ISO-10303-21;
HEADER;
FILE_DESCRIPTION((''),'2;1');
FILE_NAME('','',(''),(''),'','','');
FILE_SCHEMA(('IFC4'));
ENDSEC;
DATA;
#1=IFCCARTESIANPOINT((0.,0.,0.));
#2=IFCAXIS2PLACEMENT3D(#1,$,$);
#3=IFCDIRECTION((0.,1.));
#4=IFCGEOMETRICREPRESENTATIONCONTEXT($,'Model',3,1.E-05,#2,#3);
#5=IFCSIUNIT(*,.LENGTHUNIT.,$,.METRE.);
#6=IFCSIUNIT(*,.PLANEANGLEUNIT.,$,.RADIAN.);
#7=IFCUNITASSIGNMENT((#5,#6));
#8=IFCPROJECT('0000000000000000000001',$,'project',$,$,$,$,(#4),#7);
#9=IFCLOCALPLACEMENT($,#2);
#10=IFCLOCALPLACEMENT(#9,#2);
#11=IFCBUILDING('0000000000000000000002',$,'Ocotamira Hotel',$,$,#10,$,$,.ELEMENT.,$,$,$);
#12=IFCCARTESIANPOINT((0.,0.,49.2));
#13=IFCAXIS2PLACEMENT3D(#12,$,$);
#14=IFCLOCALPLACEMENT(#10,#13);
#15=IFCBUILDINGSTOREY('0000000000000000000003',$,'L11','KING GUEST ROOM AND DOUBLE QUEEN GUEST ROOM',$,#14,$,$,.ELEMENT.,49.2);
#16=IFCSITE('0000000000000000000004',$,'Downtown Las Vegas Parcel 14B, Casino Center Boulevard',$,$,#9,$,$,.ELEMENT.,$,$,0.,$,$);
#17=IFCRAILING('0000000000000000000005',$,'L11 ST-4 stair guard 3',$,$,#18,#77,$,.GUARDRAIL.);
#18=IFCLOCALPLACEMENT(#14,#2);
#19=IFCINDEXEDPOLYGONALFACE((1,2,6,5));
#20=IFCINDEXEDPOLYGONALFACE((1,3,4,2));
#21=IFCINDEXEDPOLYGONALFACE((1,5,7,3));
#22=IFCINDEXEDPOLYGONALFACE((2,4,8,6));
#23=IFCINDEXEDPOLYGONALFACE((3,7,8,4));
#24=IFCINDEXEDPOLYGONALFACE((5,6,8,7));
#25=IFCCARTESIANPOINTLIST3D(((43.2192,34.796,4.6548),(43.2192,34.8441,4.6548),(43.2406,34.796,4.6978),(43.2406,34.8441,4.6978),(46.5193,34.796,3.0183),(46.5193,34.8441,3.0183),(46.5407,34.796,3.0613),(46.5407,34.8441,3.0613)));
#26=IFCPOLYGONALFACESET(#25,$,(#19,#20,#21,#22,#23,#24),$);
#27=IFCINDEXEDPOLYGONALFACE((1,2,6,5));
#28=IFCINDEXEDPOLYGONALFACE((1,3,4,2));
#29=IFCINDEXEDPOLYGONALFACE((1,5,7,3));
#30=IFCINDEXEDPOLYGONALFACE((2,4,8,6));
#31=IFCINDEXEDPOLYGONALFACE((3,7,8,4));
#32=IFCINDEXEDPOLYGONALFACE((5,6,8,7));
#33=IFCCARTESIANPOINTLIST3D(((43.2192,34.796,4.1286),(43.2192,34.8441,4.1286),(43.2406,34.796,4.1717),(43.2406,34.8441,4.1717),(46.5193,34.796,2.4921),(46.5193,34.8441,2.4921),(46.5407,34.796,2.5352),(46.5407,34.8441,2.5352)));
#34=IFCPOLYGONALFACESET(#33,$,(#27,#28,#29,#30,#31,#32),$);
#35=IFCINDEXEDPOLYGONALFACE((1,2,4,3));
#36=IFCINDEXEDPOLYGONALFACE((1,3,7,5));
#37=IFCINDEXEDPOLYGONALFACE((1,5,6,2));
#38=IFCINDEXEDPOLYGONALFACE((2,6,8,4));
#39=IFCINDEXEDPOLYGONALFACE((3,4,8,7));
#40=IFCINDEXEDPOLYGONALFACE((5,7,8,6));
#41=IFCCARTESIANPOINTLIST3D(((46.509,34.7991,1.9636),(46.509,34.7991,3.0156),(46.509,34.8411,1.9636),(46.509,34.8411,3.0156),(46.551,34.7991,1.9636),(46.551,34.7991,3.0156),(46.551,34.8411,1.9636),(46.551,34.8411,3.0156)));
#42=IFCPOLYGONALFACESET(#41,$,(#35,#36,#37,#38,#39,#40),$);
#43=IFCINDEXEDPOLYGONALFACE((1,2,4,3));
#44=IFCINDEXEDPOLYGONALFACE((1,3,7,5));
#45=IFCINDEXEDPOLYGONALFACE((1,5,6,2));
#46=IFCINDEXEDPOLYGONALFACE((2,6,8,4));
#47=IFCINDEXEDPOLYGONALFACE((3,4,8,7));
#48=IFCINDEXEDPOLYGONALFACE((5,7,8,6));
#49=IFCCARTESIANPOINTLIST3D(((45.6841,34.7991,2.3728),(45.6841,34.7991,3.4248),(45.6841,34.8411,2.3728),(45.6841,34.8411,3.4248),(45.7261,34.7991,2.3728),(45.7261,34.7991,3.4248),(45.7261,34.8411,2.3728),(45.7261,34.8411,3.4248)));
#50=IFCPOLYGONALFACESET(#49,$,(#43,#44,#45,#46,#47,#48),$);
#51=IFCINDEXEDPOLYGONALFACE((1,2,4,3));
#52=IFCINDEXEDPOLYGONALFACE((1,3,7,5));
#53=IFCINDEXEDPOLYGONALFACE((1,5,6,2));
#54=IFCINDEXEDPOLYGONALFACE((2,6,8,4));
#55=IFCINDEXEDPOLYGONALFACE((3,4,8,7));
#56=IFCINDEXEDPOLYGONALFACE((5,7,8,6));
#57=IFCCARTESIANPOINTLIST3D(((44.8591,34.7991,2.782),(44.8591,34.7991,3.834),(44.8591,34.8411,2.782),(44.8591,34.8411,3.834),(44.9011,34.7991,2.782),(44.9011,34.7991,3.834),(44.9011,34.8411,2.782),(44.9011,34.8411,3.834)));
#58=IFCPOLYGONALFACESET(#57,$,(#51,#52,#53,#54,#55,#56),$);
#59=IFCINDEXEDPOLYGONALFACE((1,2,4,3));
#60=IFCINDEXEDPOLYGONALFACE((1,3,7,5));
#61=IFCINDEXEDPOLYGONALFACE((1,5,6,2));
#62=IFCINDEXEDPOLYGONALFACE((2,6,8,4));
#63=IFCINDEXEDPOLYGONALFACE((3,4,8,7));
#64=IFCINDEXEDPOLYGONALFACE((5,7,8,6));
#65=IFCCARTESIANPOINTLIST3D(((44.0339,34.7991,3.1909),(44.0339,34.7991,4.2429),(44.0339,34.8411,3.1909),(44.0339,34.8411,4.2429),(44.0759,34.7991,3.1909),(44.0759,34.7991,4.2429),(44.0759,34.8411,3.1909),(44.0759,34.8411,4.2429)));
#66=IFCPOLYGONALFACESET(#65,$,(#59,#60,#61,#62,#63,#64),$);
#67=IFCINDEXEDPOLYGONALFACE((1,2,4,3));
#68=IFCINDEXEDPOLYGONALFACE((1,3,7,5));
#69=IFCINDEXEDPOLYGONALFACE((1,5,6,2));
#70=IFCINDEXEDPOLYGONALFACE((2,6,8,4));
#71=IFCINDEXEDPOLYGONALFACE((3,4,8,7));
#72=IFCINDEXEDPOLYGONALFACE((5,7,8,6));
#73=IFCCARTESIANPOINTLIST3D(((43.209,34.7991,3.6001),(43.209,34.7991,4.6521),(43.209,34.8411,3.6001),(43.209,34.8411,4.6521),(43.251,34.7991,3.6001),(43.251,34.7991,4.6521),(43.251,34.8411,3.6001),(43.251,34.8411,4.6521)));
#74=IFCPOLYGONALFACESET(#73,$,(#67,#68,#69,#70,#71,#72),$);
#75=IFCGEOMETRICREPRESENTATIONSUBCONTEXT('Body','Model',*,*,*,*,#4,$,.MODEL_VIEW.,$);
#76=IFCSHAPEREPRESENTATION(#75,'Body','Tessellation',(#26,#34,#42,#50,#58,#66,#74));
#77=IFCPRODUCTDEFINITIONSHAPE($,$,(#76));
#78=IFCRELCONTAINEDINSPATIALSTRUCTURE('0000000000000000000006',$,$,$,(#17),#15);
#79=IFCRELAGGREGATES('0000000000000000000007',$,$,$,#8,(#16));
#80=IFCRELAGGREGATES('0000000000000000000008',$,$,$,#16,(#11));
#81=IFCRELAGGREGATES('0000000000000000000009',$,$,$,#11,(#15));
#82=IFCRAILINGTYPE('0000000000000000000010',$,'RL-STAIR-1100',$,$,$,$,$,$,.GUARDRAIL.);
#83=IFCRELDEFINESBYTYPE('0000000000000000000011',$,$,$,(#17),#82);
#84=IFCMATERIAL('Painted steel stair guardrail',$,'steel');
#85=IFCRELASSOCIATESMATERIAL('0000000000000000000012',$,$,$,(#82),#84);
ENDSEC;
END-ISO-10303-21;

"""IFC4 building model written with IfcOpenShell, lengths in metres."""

from ifc_helpers import new_model, si_unit, direction, frame, origin, origin_2d, place, context, subcontext, project, spatial, rectangle, extrude, material, type_object, element, save


model = new_model("IFC4")

# Units and contexts
model_context = context("Model", 3, precision=1e-05, world=origin(), true_north=direction((0.0, 1.0)))
body_context = subcontext(model_context, "Body", "Model", "MODEL_VIEW")
ifc_project = project(units=[si_unit("LENGTHUNIT", "METRE"), si_unit("PLANEANGLEUNIT", "RADIAN")], contexts=[model_context])

# Site, building, storey
site_placement = place(None, origin())
site = spatial("IfcSite", under=ifc_project, at=site_placement, Name="Downtown Las Vegas Parcel 14B, Casino Center Boulevard", CompositionType="ELEMENT", RefElevation=0.0)
building_placement = place(site_placement, origin())
building = spatial("IfcBuilding", under=site, at=building_placement, Name="Ocotamira Hotel", CompositionType="ELEMENT")
storey_placement = place(building_placement, frame((0.0, 0.0, 49.2)))
storey = spatial("IfcBuildingStorey", under=building, at=storey_placement, Name="L11", Description="KING GUEST ROOM AND DOUBLE QUEEN GUEST ROOM", CompositionType="ELEMENT", Elevation=49.2)

# Railing
ifc_material_1 = material(Name="Painted steel stair guardrail", Category="steel")
railing_type_1 = type_object("IfcRailingType", Name="RL-STAIR-1100", PredefinedType="GUARDRAIL", material=ifc_material_1)
railing_1_placement = place(storey_placement, frame((46.53, 34.8201, 1.9636)))
element("IfcRailing", 1, at=railing_1_placement, inside=storey, type_object=railing_type_1, Name="L11 ST-4 stair guard 3", PredefinedType="GUARDRAIL", context=body_context, shape_type="SweptSolid", body=[
    extrude(rectangle(XDim=0.0481, YDim=0.0481, at=origin_2d()), frame((0.0, 0.0, 1.0762), z_axis=(-0.895894, 0.0, 0.444268), x_axis=(0.0, -1.0, 0.0)), (0.0, 0.0, 1.0), 3.6836),
    extrude(rectangle(XDim=0.0481, YDim=0.0481, at=origin_2d()), frame((0.0, 0.0, 0.55), z_axis=(-0.895894, 0.0, 0.444268), x_axis=(0.0, -1.0, 0.0)), (0.0, 0.0, 1.0), 3.6836),
    extrude(rectangle(XDim=0.042, YDim=0.042, at=origin_2d()), origin(), (0.0, 0.0, 1.0), 1.052),
    extrude(rectangle(XDim=0.042, YDim=0.042, at=origin_2d()), frame((-0.825, 0.0, 0.4092)), (0.0, 0.0, 1.0), 1.052),
    extrude(rectangle(XDim=0.042, YDim=0.042, at=origin_2d()), frame((-1.6499, 0.0, 0.8184)), (0.0, 0.0, 1.0), 1.052),
    extrude(rectangle(XDim=0.042, YDim=0.042, at=origin_2d()), frame((-2.4751, 0.0, 1.2273)), (0.0, 0.0, 1.0), 1.052),
    extrude(rectangle(XDim=0.042, YDim=0.042, at=origin_2d()), frame((-3.3, 0.0, 1.6365)), (0.0, 0.0, 1.0), 1.052),
])

save(model, "model.ifc")
